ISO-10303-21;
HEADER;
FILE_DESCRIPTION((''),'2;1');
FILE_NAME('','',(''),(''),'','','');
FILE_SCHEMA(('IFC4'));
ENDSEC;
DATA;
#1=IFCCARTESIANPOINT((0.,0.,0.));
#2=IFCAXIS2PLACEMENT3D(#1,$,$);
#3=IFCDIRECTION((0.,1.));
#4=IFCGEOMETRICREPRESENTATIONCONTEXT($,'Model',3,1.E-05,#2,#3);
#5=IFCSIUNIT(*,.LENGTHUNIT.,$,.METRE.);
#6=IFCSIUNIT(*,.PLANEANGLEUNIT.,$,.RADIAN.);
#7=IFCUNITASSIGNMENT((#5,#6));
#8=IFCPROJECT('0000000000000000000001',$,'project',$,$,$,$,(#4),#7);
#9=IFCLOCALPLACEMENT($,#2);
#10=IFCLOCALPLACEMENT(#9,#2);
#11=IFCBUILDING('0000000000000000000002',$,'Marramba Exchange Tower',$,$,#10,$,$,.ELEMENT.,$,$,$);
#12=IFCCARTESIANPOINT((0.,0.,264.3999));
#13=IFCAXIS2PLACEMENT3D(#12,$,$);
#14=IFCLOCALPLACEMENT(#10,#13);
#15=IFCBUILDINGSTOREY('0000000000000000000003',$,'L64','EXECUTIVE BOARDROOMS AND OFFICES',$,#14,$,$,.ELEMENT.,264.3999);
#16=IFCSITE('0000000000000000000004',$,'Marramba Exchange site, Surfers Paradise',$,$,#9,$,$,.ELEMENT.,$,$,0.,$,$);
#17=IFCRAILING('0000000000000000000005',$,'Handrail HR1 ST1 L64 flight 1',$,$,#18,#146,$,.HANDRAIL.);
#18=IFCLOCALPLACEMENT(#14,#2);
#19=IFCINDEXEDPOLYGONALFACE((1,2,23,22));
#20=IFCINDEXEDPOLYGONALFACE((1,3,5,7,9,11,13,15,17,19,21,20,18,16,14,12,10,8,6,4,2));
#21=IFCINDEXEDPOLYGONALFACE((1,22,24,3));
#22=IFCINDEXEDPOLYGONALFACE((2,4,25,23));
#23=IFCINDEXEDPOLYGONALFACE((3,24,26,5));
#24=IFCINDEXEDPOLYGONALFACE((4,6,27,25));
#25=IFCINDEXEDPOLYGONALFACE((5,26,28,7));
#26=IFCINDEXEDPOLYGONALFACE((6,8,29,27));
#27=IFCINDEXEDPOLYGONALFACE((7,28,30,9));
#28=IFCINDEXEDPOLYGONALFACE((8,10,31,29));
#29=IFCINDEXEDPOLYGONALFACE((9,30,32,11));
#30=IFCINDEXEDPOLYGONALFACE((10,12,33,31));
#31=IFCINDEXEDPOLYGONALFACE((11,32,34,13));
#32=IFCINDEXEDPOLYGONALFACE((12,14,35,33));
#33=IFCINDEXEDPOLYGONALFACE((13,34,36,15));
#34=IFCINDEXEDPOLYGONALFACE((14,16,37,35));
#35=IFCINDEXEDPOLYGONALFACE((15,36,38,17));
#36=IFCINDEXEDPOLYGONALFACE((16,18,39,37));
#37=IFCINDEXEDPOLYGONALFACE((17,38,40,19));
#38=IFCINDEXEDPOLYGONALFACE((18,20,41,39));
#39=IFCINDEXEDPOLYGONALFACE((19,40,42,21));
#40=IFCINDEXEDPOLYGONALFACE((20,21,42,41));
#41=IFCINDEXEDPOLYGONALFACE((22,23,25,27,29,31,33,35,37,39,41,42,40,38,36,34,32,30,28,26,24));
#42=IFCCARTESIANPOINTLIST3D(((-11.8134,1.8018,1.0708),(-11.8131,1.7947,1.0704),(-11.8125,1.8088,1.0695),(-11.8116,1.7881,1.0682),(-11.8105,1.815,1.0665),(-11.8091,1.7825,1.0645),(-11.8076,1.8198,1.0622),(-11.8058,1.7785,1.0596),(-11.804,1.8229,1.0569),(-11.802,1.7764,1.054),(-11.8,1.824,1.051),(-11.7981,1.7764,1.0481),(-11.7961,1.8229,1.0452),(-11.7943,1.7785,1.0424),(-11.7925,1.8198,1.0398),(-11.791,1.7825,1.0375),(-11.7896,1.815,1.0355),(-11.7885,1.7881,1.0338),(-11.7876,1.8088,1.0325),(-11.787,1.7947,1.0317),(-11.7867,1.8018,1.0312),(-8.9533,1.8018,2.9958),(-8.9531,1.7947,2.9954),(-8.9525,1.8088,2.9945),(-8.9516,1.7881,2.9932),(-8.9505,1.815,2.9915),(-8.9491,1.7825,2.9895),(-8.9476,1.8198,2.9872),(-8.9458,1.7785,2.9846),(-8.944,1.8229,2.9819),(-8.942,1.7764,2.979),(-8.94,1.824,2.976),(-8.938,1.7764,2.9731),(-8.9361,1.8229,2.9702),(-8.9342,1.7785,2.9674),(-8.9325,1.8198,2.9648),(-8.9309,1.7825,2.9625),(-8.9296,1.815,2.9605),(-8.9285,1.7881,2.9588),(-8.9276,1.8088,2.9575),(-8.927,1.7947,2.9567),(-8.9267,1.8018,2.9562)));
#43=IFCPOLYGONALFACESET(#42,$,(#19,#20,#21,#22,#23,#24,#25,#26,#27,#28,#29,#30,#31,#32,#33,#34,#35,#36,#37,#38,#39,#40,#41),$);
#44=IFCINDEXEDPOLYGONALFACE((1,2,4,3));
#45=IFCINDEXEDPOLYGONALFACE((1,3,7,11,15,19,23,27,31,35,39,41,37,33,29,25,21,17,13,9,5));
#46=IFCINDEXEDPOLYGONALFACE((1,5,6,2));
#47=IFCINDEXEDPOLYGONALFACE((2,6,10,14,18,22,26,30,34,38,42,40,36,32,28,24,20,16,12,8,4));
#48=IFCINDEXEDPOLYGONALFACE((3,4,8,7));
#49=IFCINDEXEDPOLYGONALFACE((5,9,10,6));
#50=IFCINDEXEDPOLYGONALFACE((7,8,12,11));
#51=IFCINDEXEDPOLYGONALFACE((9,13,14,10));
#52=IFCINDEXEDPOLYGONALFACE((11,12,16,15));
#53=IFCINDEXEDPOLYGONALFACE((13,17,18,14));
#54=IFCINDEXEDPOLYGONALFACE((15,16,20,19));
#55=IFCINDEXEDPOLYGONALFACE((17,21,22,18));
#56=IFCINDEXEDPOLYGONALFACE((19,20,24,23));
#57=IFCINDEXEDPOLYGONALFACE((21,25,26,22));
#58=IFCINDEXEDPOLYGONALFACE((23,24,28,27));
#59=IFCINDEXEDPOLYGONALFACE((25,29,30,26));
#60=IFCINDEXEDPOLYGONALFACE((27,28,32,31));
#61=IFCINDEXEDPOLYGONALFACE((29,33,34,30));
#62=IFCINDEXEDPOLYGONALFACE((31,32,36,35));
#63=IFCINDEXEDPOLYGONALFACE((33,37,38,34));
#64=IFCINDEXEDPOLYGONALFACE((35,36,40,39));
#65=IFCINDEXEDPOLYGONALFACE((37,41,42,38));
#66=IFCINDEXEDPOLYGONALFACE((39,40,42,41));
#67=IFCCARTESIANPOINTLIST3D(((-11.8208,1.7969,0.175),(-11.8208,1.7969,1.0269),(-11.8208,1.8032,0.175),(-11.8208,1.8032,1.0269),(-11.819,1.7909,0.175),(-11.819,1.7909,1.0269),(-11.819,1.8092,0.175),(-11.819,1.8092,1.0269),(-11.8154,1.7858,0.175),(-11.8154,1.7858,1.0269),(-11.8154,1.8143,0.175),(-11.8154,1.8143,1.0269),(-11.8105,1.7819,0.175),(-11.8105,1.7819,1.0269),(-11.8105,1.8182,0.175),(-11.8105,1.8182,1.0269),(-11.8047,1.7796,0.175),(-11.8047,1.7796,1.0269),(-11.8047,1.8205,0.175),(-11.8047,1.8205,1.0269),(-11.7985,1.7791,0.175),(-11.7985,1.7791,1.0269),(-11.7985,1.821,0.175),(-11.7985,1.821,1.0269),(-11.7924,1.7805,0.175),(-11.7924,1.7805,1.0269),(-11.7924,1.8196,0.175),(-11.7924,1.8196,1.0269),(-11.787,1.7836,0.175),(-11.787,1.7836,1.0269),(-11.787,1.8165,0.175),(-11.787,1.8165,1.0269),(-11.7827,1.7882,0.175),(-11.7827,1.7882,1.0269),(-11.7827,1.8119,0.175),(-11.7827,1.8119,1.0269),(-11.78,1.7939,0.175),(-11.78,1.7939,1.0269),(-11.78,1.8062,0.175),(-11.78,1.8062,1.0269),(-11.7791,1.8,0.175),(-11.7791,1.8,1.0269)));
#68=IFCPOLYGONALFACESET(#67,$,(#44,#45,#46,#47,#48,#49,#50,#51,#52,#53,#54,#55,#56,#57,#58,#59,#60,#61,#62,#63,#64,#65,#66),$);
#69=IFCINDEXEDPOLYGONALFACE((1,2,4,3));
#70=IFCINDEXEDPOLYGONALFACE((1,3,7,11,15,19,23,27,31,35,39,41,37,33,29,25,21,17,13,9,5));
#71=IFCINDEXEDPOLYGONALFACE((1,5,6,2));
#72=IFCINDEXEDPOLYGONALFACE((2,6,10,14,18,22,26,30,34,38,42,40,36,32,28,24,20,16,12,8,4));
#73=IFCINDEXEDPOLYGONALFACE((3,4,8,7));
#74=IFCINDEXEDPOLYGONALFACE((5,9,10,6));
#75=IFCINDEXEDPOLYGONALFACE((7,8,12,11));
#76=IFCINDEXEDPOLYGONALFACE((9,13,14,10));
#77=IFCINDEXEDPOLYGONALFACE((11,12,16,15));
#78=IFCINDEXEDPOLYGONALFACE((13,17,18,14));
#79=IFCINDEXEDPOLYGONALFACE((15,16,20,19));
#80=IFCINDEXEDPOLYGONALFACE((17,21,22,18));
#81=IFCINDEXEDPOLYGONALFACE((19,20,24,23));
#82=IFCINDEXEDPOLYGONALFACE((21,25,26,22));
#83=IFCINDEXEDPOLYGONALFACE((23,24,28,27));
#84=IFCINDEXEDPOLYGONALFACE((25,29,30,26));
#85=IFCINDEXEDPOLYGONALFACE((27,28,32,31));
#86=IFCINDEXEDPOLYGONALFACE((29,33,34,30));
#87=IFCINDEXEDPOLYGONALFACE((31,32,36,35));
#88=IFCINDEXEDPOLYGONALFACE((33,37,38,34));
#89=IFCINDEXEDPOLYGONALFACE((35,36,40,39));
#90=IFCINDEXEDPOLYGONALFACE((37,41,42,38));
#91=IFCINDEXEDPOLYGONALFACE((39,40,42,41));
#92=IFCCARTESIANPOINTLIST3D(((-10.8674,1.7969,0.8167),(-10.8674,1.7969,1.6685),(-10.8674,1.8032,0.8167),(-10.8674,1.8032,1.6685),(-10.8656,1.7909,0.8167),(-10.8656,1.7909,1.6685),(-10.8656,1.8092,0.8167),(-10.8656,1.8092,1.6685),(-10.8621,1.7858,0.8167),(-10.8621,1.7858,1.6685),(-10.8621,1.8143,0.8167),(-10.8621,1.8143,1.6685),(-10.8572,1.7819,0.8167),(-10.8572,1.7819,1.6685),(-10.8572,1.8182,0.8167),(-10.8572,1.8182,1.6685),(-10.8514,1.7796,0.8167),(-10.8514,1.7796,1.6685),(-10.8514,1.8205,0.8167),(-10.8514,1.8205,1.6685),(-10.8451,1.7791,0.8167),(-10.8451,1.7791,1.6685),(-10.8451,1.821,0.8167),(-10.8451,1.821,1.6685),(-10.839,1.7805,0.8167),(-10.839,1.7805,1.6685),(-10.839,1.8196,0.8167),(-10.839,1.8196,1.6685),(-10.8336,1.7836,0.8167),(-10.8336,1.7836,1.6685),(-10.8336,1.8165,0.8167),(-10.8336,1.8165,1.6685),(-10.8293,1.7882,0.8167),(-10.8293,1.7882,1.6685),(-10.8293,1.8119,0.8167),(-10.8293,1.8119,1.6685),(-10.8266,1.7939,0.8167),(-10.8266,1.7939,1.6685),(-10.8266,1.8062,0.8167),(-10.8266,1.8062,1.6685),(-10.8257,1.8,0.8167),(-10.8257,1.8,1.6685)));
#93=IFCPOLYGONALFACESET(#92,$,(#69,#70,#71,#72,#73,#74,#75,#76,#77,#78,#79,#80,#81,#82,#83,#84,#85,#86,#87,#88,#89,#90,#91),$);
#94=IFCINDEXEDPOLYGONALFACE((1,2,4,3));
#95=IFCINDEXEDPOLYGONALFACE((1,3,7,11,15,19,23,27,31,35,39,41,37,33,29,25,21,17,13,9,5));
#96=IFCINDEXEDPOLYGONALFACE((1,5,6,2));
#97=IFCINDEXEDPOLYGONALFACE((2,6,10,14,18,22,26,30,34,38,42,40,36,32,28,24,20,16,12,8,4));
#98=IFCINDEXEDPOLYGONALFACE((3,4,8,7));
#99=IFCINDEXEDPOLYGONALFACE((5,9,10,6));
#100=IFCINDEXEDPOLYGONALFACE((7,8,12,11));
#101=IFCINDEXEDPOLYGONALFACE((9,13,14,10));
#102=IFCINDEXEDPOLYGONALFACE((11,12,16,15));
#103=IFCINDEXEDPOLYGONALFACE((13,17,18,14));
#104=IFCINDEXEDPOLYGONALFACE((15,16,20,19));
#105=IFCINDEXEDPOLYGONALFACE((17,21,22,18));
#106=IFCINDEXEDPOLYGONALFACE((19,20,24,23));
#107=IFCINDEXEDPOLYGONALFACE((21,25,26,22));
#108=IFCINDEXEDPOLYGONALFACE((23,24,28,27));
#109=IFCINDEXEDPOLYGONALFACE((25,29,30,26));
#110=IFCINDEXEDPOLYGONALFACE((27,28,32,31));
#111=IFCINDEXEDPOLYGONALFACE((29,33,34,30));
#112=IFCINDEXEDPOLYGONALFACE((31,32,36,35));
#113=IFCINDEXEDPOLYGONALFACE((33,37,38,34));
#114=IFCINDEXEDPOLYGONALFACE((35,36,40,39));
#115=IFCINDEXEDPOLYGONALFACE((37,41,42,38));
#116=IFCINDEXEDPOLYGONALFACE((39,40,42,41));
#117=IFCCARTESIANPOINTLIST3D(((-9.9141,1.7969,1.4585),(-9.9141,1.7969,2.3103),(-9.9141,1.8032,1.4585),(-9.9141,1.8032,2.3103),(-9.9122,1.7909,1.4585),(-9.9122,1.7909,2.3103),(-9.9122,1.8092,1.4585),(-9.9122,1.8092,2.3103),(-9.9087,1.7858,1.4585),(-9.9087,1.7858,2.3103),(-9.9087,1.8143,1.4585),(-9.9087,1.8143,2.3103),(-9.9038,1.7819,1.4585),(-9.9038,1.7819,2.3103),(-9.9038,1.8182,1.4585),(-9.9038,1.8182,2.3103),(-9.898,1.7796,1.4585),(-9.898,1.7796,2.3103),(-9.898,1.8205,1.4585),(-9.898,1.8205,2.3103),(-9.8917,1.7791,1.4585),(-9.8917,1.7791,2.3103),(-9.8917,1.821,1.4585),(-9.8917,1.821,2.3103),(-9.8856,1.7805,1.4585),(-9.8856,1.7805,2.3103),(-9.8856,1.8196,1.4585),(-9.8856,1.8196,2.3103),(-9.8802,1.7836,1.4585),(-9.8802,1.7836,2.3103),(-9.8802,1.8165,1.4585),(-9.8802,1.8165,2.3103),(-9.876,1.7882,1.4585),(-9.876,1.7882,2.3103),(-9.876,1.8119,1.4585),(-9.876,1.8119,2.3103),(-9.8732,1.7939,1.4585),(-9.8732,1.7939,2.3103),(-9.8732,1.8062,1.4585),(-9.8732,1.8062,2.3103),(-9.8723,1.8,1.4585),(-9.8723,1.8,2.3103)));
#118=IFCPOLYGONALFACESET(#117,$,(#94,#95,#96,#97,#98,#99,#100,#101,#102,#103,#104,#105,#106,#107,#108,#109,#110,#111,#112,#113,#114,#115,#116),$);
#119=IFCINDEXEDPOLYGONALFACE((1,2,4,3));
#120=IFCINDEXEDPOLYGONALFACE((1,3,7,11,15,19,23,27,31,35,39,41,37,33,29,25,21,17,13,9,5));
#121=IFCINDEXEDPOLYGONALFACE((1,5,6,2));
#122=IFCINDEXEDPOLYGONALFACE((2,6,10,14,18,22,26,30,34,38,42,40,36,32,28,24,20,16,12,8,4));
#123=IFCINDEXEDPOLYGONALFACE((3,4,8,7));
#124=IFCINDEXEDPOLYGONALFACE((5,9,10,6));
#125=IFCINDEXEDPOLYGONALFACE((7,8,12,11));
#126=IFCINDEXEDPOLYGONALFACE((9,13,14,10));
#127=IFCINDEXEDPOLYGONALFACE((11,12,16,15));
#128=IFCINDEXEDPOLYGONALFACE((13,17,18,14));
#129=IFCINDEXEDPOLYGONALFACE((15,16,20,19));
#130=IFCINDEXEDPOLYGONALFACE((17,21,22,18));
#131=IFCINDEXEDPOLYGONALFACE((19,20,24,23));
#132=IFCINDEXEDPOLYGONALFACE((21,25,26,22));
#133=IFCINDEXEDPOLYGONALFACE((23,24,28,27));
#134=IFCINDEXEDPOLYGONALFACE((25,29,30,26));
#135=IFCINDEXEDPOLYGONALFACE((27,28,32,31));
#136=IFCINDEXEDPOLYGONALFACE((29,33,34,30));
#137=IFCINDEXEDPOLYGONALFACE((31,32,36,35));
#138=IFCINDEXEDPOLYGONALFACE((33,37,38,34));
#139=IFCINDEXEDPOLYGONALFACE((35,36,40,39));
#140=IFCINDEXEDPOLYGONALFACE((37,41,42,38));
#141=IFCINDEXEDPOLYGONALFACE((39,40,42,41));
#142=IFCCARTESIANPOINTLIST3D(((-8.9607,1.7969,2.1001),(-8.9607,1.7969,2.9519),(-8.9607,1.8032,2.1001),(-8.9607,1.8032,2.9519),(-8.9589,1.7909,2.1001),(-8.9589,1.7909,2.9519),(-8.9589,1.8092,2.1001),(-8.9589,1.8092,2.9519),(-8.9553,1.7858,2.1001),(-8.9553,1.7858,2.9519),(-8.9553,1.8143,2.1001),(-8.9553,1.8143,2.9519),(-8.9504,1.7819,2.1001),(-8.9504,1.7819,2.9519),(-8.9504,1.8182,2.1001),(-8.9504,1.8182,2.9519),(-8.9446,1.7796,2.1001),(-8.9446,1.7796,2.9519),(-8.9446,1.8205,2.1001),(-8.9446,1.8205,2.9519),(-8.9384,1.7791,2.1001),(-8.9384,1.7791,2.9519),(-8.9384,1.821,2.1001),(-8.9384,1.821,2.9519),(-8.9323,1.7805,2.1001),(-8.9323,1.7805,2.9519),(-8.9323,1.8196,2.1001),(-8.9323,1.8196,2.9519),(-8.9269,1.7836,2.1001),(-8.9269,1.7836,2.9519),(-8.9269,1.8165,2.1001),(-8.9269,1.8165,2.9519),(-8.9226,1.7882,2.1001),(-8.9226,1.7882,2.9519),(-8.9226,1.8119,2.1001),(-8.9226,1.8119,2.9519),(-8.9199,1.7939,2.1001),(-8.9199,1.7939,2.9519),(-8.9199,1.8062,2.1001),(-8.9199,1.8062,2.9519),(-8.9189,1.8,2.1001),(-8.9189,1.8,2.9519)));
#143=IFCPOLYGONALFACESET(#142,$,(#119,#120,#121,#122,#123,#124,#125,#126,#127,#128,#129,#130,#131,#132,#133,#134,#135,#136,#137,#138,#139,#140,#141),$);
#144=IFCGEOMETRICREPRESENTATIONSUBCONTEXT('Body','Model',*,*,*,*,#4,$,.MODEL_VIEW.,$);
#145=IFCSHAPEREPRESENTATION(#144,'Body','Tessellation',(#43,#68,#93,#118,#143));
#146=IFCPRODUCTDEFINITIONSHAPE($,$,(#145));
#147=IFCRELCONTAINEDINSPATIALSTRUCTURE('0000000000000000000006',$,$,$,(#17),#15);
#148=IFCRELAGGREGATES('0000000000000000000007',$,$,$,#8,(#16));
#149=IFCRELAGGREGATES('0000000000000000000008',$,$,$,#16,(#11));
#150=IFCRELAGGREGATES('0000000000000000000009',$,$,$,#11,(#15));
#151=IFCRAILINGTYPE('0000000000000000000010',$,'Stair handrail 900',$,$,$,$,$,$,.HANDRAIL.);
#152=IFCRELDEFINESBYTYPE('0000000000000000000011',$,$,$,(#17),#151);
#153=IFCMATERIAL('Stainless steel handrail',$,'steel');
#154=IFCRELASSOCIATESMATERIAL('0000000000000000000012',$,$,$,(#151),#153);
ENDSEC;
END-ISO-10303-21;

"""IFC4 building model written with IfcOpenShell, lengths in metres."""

from ifc_helpers import new_model, si_unit, direction, frame, origin, origin_2d, place, context, subcontext, project, spatial, circle, extrude, material, type_object, element, save


model = new_model("IFC4")

# Units and contexts
model_context = context("Model", 3, precision=1e-05, world=origin(), true_north=direction((0.0, 1.0)))
body_context = subcontext(model_context, "Body", "Model", "MODEL_VIEW")
ifc_project = project(units=[si_unit("LENGTHUNIT", "METRE"), si_unit("PLANEANGLEUNIT", "RADIAN")], contexts=[model_context])

# Site, building, storey
site_placement = place(None, origin())
site = spatial("IfcSite", under=ifc_project, at=site_placement, Name="Marramba Exchange site, Surfers Paradise", CompositionType="ELEMENT", RefElevation=0.0)
building_placement = place(site_placement, origin())
building = spatial("IfcBuilding", under=site, at=building_placement, Name="Marramba Exchange Tower", CompositionType="ELEMENT")
storey_placement = place(building_placement, frame((0.0, 0.0, 264.3999)))
storey = spatial("IfcBuildingStorey", under=building, at=storey_placement, Name="L64", Description="EXECUTIVE BOARDROOMS AND OFFICES", CompositionType="ELEMENT", Elevation=264.3999)

# Railing
ifc_material_1 = material(Name="Stainless steel handrail", Category="steel")
railing_type = type_object("IfcRailingType", Name="Stair handrail 900", PredefinedType="HANDRAIL", material=ifc_material_1)
railing_placement = place(storey_placement, frame((-11.8, 1.8, 0.175)))
element("IfcRailing", 1, at=railing_placement, inside=storey, type_object=railing_type, Name="Handrail HR1 ST1 L64 flight 1", PredefinedType="HANDRAIL", context=body_context, shape_type="SweptSolid", body=[
    extrude(circle(Radius=0.0239, at=origin_2d()), frame((0.0, 0.0, 0.876), z_axis=(0.829591, 0.0, 0.558372), x_axis=(0.0, 1.0, 0.0)), (0.0, 0.0, 1.0), 3.4475),
    extrude(circle(Radius=0.021, at=origin_2d()), origin(), (0.0, 0.0, 1.0), 0.8518),
    extrude(circle(Radius=0.021, at=origin_2d()), frame((0.9534, 0.0, 0.6416)), (0.0, 0.0, 1.0), 0.8518),
    extrude(circle(Radius=0.021, at=origin_2d()), frame((1.9067, 0.0, 1.2834)), (0.0, 0.0, 1.0), 0.8518),
    extrude(circle(Radius=0.021, at=origin_2d()), frame((2.8601, 0.0, 1.925)), (0.0, 0.0, 1.0), 0.8518),
])

save(model, "model.ifc")
